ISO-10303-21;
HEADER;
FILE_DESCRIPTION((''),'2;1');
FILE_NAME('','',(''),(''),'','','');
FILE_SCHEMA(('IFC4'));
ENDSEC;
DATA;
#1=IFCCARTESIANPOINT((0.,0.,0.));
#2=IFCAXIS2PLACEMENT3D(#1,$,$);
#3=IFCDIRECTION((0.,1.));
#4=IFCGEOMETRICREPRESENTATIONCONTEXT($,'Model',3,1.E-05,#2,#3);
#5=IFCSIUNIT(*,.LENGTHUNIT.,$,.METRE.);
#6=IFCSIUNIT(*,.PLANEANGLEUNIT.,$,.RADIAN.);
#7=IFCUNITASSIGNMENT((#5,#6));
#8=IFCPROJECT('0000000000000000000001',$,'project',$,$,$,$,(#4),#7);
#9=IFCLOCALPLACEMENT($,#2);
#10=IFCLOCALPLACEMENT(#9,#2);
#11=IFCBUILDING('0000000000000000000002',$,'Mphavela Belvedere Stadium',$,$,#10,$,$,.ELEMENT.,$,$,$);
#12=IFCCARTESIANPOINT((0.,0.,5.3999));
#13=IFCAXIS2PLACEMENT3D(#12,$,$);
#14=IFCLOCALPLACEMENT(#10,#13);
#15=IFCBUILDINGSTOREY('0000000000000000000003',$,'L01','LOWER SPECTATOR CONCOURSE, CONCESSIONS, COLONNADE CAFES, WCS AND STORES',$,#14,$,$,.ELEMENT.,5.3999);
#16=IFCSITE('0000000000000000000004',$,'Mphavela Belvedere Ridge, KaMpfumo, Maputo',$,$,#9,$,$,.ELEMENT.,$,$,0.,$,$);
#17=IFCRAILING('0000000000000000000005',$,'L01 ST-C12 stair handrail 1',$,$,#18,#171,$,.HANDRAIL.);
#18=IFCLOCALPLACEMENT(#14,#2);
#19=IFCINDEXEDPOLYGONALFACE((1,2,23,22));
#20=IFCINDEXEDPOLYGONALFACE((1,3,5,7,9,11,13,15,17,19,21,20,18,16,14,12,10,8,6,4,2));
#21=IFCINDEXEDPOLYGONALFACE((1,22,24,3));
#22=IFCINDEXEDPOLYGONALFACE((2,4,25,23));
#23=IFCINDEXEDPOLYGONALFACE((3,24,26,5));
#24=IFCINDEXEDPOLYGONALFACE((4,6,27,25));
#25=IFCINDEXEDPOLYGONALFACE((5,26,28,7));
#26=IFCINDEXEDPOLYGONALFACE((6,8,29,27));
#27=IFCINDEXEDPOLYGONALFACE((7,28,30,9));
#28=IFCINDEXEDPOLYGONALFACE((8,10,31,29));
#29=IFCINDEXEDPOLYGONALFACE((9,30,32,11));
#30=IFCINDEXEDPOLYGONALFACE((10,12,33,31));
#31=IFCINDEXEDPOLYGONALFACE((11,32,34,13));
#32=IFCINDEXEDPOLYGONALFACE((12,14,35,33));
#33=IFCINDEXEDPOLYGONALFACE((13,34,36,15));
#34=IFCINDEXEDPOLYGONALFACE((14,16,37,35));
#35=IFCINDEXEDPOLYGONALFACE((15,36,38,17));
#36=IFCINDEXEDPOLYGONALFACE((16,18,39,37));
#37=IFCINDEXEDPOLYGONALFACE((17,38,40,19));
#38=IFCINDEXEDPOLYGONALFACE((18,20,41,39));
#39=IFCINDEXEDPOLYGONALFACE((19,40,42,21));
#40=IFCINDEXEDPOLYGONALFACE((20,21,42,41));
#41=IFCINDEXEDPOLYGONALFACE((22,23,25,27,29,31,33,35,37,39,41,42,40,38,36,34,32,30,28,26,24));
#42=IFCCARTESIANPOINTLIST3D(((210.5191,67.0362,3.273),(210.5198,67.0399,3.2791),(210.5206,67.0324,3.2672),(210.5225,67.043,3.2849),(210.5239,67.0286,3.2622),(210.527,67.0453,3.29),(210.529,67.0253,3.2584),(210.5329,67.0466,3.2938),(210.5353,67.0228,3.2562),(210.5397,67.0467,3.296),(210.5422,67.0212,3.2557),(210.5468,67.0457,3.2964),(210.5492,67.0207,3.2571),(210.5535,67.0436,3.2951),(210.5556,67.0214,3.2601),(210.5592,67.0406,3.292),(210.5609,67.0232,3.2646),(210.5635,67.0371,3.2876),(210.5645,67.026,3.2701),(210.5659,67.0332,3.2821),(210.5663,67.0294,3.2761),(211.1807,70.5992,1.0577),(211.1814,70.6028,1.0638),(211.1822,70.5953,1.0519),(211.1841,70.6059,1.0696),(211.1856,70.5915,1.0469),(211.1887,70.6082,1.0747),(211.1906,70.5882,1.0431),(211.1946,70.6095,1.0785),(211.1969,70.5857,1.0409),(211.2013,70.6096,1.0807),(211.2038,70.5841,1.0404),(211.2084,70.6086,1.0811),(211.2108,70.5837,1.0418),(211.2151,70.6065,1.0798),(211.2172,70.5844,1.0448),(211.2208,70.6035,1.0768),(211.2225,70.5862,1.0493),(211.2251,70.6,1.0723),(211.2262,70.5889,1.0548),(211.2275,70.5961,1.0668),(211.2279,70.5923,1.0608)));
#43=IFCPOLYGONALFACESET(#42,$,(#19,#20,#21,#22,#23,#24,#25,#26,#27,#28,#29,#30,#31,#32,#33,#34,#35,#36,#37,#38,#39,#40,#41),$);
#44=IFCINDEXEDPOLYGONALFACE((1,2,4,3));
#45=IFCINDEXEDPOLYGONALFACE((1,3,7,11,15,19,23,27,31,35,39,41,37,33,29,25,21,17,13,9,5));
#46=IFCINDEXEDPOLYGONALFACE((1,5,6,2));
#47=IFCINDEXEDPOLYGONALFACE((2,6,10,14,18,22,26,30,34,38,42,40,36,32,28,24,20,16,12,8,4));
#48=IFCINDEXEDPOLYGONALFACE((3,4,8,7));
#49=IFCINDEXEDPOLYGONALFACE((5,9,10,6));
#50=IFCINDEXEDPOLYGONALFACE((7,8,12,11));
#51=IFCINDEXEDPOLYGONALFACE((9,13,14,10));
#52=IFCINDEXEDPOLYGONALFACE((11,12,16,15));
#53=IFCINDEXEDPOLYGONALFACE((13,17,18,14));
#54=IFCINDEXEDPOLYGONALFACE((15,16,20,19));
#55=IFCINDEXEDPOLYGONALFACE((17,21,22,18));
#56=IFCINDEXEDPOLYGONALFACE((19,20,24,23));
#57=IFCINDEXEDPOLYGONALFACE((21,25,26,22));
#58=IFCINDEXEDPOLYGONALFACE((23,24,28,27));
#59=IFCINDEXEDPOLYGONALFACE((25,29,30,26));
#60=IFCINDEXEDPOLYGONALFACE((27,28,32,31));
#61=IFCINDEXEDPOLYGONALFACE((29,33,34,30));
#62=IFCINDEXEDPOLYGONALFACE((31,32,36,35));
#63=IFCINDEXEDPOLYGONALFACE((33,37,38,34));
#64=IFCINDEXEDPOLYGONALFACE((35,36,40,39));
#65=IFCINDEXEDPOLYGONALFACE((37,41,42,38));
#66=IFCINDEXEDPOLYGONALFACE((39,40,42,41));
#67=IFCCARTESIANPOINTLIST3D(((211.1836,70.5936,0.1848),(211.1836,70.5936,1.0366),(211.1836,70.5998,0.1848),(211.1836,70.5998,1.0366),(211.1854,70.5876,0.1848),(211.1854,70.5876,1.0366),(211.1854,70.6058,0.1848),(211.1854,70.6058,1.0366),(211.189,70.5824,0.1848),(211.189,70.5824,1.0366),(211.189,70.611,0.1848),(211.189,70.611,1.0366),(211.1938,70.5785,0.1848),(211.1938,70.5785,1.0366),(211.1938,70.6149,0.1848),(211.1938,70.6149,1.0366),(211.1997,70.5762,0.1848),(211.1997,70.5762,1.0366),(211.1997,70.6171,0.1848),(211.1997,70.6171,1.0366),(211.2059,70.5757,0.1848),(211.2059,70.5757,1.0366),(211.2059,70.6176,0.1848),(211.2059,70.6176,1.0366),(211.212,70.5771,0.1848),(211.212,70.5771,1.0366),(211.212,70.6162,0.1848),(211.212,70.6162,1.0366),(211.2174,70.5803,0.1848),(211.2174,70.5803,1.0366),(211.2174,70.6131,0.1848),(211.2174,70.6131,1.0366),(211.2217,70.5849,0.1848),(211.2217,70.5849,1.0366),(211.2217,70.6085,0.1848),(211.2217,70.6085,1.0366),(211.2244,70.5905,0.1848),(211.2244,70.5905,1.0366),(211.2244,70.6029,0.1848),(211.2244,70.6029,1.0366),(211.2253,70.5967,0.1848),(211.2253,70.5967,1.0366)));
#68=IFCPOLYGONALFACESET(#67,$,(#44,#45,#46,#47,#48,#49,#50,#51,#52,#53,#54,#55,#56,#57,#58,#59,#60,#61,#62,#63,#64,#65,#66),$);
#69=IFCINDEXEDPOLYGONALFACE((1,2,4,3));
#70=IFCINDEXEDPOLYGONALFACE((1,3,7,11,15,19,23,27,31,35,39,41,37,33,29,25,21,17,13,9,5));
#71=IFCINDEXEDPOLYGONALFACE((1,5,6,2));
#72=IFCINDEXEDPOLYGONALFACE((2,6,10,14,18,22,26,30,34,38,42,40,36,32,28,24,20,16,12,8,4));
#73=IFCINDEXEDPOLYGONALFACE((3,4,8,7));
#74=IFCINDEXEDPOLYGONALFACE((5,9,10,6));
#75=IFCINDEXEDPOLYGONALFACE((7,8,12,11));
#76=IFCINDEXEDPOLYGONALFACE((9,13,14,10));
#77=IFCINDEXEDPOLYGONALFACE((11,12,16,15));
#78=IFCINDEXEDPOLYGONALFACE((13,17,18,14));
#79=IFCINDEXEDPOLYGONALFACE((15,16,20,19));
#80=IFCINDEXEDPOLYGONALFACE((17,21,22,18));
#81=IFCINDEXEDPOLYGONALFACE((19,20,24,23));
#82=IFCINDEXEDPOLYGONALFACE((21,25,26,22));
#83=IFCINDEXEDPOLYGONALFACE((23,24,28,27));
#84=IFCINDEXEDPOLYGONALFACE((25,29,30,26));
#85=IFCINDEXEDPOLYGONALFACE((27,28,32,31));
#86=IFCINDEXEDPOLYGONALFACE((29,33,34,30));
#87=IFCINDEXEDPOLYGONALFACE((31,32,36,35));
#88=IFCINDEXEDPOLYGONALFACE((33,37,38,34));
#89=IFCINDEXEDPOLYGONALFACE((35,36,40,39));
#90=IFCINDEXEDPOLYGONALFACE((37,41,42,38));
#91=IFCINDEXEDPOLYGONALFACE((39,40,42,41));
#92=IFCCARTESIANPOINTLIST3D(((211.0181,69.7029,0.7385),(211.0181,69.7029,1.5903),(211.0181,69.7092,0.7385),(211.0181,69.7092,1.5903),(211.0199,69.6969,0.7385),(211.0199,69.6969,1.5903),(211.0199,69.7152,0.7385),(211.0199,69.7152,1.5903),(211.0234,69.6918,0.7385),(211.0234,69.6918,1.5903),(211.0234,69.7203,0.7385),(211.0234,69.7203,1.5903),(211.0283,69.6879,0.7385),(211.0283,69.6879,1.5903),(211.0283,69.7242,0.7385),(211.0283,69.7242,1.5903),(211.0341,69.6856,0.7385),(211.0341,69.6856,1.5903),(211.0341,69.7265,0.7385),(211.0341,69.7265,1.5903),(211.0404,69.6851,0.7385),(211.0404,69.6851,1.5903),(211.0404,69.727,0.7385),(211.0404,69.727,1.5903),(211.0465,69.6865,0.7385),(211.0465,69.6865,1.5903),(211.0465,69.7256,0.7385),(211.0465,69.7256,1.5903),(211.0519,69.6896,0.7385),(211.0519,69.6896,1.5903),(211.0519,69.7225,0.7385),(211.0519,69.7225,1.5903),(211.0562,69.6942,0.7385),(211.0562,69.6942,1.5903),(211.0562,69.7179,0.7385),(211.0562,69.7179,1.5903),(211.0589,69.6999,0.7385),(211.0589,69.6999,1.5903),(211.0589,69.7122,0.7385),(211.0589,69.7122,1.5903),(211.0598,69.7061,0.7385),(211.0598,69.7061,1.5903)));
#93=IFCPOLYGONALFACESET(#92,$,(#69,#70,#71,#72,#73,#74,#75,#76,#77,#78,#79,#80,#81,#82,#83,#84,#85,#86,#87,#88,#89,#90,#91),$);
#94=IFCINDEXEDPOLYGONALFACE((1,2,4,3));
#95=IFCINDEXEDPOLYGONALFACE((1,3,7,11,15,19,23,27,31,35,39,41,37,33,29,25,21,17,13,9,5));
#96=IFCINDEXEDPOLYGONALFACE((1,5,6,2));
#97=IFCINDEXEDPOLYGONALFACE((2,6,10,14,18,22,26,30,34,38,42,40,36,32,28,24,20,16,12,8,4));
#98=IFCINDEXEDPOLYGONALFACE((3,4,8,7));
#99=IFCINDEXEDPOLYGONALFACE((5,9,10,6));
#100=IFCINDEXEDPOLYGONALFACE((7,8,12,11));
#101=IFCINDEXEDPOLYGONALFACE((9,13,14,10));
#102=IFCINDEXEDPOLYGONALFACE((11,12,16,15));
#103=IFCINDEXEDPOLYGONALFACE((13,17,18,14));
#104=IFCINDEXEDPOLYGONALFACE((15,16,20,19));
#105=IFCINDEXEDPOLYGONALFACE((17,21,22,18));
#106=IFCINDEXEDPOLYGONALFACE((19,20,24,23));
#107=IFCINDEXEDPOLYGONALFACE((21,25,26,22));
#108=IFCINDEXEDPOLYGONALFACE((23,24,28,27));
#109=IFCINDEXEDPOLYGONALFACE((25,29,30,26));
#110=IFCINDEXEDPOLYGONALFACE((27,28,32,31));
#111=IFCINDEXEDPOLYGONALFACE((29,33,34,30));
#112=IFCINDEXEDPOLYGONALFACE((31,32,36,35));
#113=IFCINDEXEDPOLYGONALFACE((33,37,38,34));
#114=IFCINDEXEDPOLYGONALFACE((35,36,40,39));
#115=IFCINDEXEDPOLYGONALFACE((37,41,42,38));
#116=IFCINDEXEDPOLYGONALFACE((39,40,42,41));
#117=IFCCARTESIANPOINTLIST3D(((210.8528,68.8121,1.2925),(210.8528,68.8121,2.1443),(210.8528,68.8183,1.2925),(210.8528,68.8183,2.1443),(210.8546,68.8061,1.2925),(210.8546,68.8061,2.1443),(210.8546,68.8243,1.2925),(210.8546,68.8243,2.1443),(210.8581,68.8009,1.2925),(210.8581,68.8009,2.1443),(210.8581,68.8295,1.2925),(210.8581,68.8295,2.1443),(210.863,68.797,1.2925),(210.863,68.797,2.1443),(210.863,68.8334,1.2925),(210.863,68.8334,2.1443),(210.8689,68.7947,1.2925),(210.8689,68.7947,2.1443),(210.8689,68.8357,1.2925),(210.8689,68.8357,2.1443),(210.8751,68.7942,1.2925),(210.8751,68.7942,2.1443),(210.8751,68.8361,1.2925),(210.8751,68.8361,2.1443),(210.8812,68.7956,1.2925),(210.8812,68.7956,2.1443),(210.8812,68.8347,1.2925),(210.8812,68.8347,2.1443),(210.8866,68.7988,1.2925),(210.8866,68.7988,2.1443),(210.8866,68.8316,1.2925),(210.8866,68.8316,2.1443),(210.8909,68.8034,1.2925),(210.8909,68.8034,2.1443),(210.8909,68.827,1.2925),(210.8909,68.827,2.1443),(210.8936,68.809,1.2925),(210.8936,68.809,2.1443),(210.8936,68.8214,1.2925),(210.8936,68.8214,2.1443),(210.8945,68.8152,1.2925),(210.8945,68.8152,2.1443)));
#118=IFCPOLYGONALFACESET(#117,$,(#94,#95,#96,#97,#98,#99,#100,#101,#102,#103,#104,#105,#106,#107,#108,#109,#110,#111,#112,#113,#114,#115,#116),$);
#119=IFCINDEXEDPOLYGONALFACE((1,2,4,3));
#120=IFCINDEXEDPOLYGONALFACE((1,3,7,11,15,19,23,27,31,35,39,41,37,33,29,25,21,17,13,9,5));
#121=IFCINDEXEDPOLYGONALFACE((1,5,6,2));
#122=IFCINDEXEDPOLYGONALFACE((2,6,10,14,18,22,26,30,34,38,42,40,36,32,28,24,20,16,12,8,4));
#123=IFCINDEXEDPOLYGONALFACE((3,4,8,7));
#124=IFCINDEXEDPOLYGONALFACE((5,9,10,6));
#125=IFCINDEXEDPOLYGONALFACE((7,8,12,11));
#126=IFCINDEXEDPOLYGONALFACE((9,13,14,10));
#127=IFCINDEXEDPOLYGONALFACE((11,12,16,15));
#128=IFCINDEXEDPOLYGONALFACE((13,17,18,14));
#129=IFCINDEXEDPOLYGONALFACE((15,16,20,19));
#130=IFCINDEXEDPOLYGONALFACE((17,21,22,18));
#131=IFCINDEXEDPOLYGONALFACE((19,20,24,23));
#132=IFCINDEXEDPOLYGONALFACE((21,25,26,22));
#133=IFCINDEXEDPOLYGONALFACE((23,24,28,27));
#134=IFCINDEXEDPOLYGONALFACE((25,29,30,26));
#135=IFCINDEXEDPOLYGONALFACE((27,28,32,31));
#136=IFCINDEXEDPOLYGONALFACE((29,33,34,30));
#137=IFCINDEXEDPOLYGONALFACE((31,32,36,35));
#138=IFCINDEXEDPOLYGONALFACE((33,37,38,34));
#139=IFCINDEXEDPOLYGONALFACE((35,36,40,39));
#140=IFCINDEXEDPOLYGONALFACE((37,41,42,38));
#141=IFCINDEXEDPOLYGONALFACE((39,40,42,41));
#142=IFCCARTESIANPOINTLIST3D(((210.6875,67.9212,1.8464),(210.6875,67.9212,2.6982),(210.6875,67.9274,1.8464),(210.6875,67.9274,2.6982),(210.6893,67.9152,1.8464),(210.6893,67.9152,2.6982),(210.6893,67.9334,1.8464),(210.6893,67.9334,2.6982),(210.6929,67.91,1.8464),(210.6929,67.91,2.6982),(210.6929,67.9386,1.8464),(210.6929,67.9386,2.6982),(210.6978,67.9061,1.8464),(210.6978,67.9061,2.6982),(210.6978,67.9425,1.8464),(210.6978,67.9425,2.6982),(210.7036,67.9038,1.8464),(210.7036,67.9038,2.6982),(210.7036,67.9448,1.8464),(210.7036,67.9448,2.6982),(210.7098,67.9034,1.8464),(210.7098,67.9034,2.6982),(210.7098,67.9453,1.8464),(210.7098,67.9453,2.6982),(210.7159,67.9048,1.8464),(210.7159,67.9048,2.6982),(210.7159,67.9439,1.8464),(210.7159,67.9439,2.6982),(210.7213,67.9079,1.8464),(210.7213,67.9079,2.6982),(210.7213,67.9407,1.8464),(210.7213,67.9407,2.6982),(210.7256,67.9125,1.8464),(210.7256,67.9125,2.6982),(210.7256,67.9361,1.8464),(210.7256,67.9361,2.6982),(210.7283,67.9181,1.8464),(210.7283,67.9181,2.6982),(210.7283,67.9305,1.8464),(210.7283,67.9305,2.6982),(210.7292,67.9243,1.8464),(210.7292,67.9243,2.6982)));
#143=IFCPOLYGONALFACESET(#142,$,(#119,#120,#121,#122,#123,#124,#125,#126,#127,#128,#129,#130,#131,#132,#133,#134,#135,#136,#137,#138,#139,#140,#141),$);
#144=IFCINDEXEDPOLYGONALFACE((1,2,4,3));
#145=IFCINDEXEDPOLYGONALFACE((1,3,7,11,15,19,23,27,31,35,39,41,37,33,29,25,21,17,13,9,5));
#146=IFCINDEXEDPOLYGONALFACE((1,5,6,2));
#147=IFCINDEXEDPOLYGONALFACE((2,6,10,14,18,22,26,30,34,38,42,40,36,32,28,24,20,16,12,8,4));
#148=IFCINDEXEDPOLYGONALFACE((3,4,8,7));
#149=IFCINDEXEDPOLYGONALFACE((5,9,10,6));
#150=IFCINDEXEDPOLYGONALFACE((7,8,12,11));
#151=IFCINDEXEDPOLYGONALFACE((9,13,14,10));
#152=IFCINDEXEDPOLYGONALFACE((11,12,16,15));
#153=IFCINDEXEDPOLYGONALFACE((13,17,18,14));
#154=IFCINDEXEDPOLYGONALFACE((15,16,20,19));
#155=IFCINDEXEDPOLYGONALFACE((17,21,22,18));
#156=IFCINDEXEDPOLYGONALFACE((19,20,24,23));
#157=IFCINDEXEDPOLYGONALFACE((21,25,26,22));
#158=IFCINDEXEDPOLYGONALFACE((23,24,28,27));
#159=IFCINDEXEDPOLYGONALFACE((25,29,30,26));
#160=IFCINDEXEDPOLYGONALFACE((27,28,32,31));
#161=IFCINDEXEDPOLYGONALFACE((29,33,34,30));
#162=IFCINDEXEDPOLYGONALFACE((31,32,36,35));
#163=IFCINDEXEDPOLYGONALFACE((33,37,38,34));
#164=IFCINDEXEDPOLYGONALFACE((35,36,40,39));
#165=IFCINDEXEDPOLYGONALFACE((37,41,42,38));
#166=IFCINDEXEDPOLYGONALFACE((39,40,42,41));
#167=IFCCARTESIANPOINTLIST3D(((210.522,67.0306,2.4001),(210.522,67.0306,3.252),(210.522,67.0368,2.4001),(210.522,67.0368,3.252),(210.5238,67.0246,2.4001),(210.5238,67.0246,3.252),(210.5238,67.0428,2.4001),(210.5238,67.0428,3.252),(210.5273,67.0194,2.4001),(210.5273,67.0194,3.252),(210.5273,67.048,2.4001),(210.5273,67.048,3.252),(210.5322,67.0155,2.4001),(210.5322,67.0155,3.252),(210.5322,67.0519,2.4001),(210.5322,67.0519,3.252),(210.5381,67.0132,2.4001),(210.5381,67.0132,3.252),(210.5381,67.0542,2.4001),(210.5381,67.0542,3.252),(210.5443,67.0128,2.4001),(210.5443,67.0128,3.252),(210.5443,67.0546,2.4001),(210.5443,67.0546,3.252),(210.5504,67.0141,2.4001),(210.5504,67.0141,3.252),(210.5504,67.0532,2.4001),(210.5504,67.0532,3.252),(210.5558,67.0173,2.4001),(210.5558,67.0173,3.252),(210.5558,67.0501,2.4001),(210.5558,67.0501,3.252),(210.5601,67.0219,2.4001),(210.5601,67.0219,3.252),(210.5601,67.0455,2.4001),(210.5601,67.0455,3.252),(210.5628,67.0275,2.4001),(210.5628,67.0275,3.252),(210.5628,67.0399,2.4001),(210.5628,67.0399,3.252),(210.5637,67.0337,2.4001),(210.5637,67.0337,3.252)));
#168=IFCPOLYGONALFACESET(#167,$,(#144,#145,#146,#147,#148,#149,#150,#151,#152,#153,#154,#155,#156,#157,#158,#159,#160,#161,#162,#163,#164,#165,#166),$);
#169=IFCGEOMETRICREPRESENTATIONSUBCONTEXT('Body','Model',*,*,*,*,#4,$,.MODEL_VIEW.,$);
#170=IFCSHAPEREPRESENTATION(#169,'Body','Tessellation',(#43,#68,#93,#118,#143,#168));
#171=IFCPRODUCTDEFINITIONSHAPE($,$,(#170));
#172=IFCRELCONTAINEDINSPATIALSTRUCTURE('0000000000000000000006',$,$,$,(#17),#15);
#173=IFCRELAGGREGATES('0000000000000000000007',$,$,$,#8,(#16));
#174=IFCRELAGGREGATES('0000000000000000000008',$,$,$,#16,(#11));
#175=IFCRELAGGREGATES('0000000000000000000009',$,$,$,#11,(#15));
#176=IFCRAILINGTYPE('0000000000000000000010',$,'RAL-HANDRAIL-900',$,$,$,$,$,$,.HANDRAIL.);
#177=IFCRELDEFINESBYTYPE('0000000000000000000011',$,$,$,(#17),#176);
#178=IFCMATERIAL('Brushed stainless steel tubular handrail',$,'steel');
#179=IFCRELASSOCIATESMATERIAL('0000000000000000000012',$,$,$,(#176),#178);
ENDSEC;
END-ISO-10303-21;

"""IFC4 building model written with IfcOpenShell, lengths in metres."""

from ifc_helpers import new_model, si_unit, direction, frame, origin, origin_2d, place, context, subcontext, project, spatial, circle, extrude, material, type_object, element, save


model = new_model("IFC4")

# Units and contexts
model_context = context("Model", 3, precision=1e-05, world=origin(), true_north=direction((0.0, 1.0)))
body_context = subcontext(model_context, "Body", "Model", "MODEL_VIEW")
ifc_project = project(units=[si_unit("LENGTHUNIT", "METRE"), si_unit("PLANEANGLEUNIT", "RADIAN")], contexts=[model_context])

# Site, building, storey
site_placement = place(None, origin())
site = spatial("IfcSite", under=ifc_project, at=site_placement, Name="Mphavela Belvedere Ridge, KaMpfumo, Maputo", CompositionType="ELEMENT", RefElevation=0.0)
building_placement = place(site_placement, origin())
building = spatial("IfcBuilding", under=site, at=building_placement, Name="Mphavela Belvedere Stadium", CompositionType="ELEMENT")
storey_placement = place(building_placement, frame((0.0, 0.0, 5.3999)))
storey = spatial("IfcBuildingStorey", under=building, at=storey_placement, Name="L01", Description="LOWER SPECTATOR CONCOURSE, CONCESSIONS, COLONNADE CAFES, WCS AND STORES", CompositionType="ELEMENT", Elevation=5.3999)

# Railing
ifc_material_1 = material(Name="Brushed stainless steel tubular handrail", Category="steel")
railing_type_1 = type_object("IfcRailingType", Name="RAL-HANDRAIL-900", PredefinedType="HANDRAIL", material=ifc_material_1)
railing_1_placement = place(storey_placement, frame((211.2043, 70.5967, 0.1848)))
element("IfcRailing", 1, at=railing_1_placement, inside=storey, type_object=railing_type_1, Name="L01 ST-C12 stair handrail 1", PredefinedType="HANDRAIL", context=body_context, shape_type="SweptSolid", body=[
    extrude(circle(Radius=0.0239, at=origin_2d()), frame((0.0, 0.0, 0.876), z_axis=(-0.155771, -0.838865, 0.521575), x_axis=(0.983193, -0.182572, 0.0)), (0.0, 0.0, 1.0), 4.2473),
    extrude(circle(Radius=0.021, at=origin_2d()), origin(), (0.0, 0.0, 1.0), 0.8518),
    extrude(circle(Radius=0.021, at=origin_2d()), frame((-0.1655, -0.8906, 0.5537)), (0.0, 0.0, 1.0), 0.8518),
    extrude(circle(Radius=0.021, at=origin_2d()), frame((-0.3308, -1.7815, 1.1077)), (0.0, 0.0, 1.0), 0.8518),
    extrude(circle(Radius=0.021, at=origin_2d()), frame((-0.4961, -2.6724, 1.6616)), (0.0, 0.0, 1.0), 0.8518),
    extrude(circle(Radius=0.021, at=origin_2d()), frame((-0.6616, -3.563, 2.2153)), (0.0, 0.0, 1.0), 0.8518),
])

save(model, "model.ifc")
